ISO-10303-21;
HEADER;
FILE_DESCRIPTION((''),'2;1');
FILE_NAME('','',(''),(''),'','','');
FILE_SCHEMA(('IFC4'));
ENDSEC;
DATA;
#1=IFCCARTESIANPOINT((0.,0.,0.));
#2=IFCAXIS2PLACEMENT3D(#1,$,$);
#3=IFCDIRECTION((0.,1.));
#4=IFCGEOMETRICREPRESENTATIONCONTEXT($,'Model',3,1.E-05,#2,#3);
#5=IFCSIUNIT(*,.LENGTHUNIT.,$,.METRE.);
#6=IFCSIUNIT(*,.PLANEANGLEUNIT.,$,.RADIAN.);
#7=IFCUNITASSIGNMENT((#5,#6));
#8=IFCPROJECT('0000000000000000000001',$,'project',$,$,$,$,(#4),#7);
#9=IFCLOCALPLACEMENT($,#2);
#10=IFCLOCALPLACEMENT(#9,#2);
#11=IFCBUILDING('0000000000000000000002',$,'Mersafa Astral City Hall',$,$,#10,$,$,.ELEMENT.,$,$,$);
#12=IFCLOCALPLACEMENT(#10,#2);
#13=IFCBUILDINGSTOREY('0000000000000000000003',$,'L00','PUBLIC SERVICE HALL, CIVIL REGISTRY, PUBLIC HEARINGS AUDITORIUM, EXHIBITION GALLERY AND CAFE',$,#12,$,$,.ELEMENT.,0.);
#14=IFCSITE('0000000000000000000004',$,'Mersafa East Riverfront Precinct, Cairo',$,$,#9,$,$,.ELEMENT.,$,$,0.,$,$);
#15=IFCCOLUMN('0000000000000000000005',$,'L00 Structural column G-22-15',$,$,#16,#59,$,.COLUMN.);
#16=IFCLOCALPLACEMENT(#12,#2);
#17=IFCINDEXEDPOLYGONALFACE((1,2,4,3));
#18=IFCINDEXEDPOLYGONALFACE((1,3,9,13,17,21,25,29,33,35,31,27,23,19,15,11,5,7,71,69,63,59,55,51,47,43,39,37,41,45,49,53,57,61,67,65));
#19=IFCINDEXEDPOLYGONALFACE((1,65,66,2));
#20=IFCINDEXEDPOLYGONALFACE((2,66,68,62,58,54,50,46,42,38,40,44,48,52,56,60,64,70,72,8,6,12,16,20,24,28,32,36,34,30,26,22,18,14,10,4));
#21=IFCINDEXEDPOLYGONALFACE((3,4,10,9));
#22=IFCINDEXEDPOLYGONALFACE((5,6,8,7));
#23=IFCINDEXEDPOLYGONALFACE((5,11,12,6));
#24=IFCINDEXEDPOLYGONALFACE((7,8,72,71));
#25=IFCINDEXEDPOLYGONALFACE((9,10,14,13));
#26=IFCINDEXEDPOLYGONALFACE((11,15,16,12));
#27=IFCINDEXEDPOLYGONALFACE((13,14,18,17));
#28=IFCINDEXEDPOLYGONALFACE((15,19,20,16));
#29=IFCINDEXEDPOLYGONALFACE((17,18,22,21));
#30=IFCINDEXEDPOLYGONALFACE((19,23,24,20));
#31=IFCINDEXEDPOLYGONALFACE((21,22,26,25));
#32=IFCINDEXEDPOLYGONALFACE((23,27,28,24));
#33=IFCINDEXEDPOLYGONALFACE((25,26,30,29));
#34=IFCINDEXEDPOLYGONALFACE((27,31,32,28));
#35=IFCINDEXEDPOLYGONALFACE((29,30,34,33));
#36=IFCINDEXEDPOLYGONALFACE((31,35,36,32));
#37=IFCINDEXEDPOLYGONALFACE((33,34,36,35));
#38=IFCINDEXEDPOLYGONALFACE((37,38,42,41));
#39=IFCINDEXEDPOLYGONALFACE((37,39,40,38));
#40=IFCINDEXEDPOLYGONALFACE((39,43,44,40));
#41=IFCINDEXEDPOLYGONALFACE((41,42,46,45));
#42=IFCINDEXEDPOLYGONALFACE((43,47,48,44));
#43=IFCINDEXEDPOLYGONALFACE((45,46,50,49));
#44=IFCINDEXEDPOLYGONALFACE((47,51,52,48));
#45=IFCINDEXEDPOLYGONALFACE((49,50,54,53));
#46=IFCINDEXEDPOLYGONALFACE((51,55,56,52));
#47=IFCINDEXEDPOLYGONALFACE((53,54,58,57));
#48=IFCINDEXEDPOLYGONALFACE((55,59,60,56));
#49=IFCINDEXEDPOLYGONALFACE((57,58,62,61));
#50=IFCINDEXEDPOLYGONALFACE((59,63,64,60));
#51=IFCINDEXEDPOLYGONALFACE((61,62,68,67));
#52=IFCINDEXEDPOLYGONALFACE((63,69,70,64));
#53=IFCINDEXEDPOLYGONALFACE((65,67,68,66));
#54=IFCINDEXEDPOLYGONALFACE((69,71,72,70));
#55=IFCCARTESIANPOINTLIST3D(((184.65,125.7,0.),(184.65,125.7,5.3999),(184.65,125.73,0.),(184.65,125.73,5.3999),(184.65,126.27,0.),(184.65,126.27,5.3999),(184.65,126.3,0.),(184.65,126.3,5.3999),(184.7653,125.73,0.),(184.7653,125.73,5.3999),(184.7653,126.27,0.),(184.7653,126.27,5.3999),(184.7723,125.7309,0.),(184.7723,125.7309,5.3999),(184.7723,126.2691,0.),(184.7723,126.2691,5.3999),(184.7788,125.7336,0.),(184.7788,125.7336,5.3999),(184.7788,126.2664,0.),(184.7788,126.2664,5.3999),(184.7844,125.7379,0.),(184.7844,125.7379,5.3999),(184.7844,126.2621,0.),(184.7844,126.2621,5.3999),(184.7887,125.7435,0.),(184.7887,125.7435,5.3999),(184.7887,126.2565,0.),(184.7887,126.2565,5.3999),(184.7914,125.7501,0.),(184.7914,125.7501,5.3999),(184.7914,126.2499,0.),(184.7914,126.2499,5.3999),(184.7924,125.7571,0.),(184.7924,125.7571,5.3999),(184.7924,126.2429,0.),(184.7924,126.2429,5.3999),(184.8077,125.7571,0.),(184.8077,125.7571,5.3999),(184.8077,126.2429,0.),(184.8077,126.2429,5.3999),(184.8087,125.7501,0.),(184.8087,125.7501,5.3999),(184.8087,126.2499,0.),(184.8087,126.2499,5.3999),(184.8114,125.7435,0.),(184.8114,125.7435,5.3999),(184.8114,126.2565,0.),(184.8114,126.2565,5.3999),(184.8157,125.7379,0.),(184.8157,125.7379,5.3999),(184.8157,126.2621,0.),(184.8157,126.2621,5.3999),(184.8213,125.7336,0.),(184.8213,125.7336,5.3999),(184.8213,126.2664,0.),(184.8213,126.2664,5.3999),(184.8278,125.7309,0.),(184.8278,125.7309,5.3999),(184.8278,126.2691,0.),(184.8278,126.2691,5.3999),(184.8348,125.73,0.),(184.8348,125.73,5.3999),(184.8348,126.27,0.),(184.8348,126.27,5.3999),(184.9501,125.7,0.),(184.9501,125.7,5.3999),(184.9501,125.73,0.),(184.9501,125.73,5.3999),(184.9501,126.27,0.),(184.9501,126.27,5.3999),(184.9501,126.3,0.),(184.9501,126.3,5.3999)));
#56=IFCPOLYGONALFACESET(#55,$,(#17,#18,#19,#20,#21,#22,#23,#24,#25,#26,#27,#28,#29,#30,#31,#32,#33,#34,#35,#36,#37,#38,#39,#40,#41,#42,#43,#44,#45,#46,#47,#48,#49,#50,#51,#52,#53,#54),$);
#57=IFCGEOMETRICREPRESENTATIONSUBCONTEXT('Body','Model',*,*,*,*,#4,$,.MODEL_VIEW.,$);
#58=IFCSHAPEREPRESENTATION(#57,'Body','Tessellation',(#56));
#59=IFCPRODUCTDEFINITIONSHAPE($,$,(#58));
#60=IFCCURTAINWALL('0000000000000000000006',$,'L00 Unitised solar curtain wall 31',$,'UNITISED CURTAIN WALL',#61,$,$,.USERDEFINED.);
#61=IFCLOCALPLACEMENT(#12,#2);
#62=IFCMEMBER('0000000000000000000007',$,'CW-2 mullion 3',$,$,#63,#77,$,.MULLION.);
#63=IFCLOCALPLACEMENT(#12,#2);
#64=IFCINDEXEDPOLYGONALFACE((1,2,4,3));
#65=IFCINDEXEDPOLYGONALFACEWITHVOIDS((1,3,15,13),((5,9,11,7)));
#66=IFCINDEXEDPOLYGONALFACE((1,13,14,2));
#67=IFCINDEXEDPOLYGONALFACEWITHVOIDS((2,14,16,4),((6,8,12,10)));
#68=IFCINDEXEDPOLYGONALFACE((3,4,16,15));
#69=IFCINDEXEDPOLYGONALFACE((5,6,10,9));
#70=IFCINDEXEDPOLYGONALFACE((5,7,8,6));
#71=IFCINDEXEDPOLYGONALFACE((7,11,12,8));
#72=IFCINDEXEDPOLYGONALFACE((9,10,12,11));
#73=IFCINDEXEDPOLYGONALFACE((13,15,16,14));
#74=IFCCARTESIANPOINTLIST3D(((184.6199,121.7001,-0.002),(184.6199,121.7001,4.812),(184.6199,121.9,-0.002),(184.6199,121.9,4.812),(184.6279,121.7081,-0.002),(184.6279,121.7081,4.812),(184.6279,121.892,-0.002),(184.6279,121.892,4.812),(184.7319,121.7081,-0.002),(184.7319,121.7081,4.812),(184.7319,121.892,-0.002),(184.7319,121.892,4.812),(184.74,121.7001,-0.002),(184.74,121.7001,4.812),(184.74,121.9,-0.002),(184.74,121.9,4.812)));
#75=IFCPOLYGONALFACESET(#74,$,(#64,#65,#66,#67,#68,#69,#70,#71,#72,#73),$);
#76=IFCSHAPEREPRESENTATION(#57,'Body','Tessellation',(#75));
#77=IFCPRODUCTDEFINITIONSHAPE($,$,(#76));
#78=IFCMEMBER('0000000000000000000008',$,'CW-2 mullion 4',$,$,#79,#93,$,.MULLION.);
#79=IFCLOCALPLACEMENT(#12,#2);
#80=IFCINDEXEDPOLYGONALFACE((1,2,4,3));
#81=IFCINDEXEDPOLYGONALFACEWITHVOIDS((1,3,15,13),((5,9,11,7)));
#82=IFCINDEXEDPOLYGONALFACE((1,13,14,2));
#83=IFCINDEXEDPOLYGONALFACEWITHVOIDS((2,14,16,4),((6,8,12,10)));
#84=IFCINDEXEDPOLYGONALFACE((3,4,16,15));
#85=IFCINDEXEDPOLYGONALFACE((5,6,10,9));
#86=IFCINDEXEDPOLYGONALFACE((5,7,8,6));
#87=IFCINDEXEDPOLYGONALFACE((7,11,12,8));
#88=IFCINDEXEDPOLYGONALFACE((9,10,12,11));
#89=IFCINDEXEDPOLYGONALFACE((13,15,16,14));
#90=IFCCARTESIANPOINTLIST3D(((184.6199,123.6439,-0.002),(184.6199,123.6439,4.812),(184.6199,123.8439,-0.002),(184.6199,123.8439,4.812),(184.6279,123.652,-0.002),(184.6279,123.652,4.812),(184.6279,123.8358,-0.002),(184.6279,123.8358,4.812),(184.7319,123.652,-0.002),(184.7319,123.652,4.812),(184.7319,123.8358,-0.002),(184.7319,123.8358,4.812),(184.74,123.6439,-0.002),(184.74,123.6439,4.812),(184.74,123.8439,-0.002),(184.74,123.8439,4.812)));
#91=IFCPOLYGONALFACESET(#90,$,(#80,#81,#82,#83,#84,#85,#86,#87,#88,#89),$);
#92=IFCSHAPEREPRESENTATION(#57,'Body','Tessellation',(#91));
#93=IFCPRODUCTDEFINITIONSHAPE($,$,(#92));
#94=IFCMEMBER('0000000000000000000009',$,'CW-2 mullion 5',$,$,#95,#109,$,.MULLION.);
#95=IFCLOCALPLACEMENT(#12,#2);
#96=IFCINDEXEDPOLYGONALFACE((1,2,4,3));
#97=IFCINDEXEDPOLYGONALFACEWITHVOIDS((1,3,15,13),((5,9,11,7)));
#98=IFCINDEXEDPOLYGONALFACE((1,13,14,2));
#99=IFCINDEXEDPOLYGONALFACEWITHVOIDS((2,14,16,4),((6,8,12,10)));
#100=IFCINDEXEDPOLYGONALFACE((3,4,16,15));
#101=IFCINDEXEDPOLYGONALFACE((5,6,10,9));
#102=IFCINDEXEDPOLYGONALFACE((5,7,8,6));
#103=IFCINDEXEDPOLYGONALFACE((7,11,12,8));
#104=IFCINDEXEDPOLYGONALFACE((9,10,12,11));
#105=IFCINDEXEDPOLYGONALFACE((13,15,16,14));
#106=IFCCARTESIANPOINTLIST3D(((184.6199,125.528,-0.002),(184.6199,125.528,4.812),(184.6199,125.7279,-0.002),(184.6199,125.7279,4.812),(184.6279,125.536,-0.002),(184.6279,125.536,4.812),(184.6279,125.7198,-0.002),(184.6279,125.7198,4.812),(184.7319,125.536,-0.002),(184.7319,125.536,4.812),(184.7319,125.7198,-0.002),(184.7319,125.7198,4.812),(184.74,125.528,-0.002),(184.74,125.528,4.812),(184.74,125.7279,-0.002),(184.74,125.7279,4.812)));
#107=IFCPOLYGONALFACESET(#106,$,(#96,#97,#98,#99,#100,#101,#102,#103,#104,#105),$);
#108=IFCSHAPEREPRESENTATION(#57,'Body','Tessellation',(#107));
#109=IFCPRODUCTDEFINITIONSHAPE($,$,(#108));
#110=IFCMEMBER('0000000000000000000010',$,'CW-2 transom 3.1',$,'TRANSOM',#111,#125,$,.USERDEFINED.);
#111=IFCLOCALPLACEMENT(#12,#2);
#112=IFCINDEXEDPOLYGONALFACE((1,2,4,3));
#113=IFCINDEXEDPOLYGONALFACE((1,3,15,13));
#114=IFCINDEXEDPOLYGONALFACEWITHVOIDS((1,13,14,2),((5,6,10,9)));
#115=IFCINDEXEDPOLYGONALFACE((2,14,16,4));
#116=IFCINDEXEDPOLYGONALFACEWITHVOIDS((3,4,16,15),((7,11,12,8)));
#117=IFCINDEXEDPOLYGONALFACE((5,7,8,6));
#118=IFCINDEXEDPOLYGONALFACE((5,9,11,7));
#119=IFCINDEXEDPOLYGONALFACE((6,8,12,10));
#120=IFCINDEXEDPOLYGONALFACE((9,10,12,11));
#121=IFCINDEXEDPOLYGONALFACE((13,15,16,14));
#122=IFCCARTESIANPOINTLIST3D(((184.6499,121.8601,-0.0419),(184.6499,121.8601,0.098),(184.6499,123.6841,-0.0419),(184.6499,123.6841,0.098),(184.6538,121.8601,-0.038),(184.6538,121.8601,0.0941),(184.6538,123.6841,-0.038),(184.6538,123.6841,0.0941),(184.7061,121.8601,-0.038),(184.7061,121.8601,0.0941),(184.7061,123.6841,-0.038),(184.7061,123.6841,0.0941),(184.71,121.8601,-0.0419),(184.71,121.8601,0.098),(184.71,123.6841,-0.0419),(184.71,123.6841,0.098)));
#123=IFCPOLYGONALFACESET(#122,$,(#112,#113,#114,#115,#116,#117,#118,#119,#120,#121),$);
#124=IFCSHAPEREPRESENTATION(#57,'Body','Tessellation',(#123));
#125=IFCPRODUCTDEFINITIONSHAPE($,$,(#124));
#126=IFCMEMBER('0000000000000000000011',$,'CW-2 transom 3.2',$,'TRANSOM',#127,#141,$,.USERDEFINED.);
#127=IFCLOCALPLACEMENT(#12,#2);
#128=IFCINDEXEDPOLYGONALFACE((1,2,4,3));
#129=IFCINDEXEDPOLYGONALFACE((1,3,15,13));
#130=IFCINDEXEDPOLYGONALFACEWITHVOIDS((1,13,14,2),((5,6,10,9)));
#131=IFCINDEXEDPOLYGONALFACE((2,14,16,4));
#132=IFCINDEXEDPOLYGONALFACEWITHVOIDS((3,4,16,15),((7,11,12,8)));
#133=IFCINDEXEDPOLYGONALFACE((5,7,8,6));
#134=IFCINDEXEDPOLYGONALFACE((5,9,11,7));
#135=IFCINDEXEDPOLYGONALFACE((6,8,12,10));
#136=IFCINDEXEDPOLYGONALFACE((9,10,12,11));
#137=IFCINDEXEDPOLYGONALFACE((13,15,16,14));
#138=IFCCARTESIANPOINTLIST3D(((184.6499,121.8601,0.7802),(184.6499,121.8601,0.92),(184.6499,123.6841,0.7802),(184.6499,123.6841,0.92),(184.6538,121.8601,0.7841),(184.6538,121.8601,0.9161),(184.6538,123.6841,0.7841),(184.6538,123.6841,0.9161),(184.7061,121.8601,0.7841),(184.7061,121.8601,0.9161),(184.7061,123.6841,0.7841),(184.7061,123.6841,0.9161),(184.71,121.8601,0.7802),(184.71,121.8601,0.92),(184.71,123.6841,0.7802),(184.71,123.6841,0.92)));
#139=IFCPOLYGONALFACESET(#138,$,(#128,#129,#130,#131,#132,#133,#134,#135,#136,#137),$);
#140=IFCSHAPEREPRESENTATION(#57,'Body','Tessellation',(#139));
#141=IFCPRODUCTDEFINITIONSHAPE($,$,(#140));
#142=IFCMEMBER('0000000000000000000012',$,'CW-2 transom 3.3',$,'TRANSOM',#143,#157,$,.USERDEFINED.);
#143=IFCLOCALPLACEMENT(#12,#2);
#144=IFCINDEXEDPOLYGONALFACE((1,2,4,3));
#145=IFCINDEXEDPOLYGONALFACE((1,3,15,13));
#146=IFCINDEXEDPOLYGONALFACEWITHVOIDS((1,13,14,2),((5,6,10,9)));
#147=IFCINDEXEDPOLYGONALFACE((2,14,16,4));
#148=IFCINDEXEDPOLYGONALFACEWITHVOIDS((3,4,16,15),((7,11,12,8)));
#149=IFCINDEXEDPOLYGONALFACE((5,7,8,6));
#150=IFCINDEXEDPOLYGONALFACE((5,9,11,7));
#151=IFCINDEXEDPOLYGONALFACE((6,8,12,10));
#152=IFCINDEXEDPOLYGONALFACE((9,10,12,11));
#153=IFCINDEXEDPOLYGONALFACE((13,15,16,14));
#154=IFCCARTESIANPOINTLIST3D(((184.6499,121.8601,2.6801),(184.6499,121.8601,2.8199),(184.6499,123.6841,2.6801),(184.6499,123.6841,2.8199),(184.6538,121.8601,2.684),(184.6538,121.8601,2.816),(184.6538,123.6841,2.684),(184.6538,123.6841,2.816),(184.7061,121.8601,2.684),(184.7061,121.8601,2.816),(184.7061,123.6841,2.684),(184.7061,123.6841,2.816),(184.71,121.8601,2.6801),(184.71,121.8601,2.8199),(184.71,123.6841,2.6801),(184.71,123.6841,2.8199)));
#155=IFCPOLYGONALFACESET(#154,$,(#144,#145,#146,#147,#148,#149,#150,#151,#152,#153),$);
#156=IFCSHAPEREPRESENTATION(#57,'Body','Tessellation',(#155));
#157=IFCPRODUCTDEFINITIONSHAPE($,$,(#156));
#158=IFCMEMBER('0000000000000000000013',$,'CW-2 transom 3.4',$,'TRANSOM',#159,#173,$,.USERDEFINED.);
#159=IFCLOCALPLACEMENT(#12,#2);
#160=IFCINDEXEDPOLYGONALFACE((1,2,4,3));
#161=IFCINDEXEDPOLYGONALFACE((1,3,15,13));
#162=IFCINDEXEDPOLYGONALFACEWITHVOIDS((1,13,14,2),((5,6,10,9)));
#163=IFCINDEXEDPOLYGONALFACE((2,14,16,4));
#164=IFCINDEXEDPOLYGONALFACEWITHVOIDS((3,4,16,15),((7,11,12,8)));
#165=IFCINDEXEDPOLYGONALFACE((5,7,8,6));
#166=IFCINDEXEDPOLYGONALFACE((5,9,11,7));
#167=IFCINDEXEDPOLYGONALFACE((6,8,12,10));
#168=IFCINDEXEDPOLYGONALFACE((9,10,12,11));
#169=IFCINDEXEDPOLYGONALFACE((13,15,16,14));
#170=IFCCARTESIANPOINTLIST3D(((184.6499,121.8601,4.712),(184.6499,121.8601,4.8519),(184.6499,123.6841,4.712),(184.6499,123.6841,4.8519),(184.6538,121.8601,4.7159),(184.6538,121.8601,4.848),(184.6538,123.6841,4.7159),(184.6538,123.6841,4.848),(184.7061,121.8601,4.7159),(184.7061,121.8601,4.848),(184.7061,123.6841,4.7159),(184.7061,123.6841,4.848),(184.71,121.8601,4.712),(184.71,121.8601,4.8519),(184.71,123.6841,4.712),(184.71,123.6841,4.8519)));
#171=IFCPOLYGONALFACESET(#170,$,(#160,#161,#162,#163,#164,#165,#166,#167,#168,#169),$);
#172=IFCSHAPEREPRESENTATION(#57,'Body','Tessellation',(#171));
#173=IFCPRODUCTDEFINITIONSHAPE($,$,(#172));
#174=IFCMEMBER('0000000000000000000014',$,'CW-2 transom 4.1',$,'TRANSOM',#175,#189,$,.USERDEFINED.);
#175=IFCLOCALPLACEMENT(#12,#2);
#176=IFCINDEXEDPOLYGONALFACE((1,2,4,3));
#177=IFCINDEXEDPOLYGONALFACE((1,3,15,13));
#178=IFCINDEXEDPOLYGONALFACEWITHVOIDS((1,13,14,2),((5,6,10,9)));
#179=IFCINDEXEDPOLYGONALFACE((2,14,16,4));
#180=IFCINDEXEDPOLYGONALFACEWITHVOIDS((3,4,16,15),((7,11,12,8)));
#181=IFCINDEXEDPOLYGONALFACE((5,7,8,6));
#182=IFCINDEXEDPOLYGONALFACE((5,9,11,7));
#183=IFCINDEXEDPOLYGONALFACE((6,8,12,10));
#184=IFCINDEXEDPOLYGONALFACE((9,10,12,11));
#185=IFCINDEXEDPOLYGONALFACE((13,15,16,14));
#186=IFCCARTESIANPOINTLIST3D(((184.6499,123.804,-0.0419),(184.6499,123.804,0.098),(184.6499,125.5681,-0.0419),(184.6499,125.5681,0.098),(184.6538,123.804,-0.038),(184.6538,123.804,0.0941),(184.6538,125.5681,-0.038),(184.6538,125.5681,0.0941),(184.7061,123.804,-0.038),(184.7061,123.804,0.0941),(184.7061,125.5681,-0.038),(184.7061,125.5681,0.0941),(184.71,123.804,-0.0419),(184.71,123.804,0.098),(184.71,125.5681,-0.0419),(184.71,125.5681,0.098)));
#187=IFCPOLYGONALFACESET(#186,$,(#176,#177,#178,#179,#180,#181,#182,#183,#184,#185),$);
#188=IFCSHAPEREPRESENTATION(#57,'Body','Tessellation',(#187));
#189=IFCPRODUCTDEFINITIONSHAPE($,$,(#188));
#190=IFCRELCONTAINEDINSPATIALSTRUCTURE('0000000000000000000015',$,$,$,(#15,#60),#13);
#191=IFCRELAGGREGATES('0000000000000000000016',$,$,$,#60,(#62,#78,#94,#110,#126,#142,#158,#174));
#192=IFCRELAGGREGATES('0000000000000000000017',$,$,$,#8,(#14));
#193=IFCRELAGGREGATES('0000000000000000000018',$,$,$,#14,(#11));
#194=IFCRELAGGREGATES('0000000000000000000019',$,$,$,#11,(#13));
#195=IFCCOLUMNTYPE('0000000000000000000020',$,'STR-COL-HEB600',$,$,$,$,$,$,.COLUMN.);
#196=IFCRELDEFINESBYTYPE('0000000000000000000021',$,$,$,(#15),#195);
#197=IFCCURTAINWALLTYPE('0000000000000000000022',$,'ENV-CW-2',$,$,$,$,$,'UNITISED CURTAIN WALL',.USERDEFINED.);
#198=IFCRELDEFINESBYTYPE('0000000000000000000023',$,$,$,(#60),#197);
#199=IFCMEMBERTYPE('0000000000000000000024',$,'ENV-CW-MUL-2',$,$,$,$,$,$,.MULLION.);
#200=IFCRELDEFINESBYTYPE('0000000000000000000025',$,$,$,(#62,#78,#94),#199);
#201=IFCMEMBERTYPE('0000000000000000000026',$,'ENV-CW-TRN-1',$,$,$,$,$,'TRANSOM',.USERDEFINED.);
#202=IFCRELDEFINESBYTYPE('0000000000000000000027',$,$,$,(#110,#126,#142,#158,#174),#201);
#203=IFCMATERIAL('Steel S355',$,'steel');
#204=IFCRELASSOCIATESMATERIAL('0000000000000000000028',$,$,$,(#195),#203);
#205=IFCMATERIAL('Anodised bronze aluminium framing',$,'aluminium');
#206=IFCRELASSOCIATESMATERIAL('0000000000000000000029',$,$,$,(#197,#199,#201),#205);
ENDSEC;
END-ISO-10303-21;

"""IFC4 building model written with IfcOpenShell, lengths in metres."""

from ifc_helpers import new_model, si_unit, direction, frame, origin, origin_2d, place, context, subcontext, project, spatial, hollow_rectangle, i_section, extrude, material, material_profile, profile_set, type_object, element, aggregate, save


model = new_model("IFC4")

# Units and contexts
model_context = context("Model", 3, precision=1e-05, world=origin(), true_north=direction((0.0, 1.0)))
body_context = subcontext(model_context, "Body", "Model", "MODEL_VIEW")
ifc_project = project(units=[si_unit("LENGTHUNIT", "METRE"), si_unit("PLANEANGLEUNIT", "RADIAN")], contexts=[model_context])

# Site, building, storey
site_placement = place(None, origin())
site = spatial("IfcSite", under=ifc_project, at=site_placement, Name="Mersafa East Riverfront Precinct, Cairo", CompositionType="ELEMENT", RefElevation=0.0)
building_placement = place(site_placement, origin())
building = spatial("IfcBuilding", under=site, at=building_placement, Name="Mersafa Astral City Hall", CompositionType="ELEMENT")
storey_placement = place(building_placement, origin())
storey = spatial("IfcBuildingStorey", under=building, at=storey_placement, Name="L00", Description="PUBLIC SERVICE HALL, CIVIL REGISTRY, PUBLIC HEARINGS AUDITORIUM, EXHIBITION GALLERY AND CAFE", CompositionType="ELEMENT", Elevation=0.0)

# Column
ifc_material_1 = material(Name="Steel S355", Category="steel")
ifc_material_profile_1 = material_profile(ifc_material_1, i_section(OverallWidth=0.3, OverallDepth=0.6001, WebThickness=0.0154, FlangeThickness=0.03, FilletRadius=0.0271, at=origin_2d()), Name="HEB 600")
ifc_profile_set_1 = profile_set([ifc_material_profile_1], Name="Steel S355")
column_type = type_object("IfcColumnType", Name="STR-COL-HEB600", PredefinedType="COLUMN", material=ifc_profile_set_1)
column_placement = place(storey_placement, frame((184.8, 126.0, 0.0), z_axis=(0.0, 0.0, 1.0), x_axis=(1.0, 0.0, 0.0)))
element("IfcColumn", 1, at=column_placement, inside=storey, type_object=column_type, Name="L00 Structural column G-22-15", PredefinedType="COLUMN", context=body_context, shape_type="SweptSolid", body=[
    extrude(i_section(OverallWidth=0.3, OverallDepth=0.6001, WebThickness=0.0154, FlangeThickness=0.03, FilletRadius=0.0271, at=origin_2d()), origin(), (0.0, 0.0, 1.0), 5.3999),
])

# Curtain wall, members
ifc_material_2 = material(Name="Anodised bronze aluminium framing", Category="aluminium")
curtain_wall_type = type_object("IfcCurtainWallType", Name="ENV-CW-2", ElementType="UNITISED CURTAIN WALL", PredefinedType="USERDEFINED", material=ifc_material_2)
curtain_wall_placement = place(storey_placement, origin())
curtain_wall = element("IfcCurtainWall", 2, at=curtain_wall_placement, inside=storey, type_object=curtain_wall_type, Name="L00 Unitised solar curtain wall 31", ObjectType="UNITISED CURTAIN WALL", PredefinedType="USERDEFINED")
ifc_material_profile_2 = material_profile(ifc_material_2, hollow_rectangle(XDim=0.1201, YDim=0.2, WallThickness=0.0081, at=origin_2d()), Name="RHS 120x200x8")
ifc_profile_set_2 = profile_set([ifc_material_profile_2], Name="Anodised bronze aluminium framing")
member_type_1 = type_object("IfcMemberType", Name="ENV-CW-MUL-2", PredefinedType="MULLION", material=ifc_profile_set_2)
member_1_placement = place(storey_placement, frame((184.6799, 121.8, -0.002), z_axis=(0.0, 0.0, 1.0), x_axis=(-1.0, 0.0, 0.0)))
member_1 = element("IfcMember", 3, at=member_1_placement, type_object=member_type_1, Name="CW-2 mullion 3", PredefinedType="MULLION", context=body_context, shape_type="SweptSolid", body=[
    extrude(hollow_rectangle(XDim=0.1201, YDim=0.2, WallThickness=0.0081, at=origin_2d()), origin(), (0.0, 0.0, 1.0), 4.814),
])
member_2_placement = place(storey_placement, frame((184.6799, 123.7439, -0.002), z_axis=(0.0, 0.0, 1.0), x_axis=(-1.0, 0.0, 0.0)))
member_2 = element("IfcMember", 4, at=member_2_placement, type_object=member_type_1, Name="CW-2 mullion 4", PredefinedType="MULLION", context=body_context, shape_type="SweptSolid", body=[
    extrude(hollow_rectangle(XDim=0.1201, YDim=0.2, WallThickness=0.0081, at=origin_2d()), origin(), (0.0, 0.0, 1.0), 4.814),
])
member_3_placement = place(storey_placement, frame((184.6799, 125.6279, -0.002), z_axis=(0.0, 0.0, 1.0), x_axis=(-1.0, 0.0, 0.0)))
member_3 = element("IfcMember", 5, at=member_3_placement, type_object=member_type_1, Name="CW-2 mullion 5", PredefinedType="MULLION", context=body_context, shape_type="SweptSolid", body=[
    extrude(hollow_rectangle(XDim=0.1201, YDim=0.2, WallThickness=0.0081, at=origin_2d()), origin(), (0.0, 0.0, 1.0), 4.814),
])
ifc_material_profile_3 = material_profile(ifc_material_2, hollow_rectangle(XDim=0.0601, YDim=0.1399, WallThickness=0.0039, at=origin_2d()), Name="RHS 60x140x4")
ifc_profile_set_3 = profile_set([ifc_material_profile_3], Name="Anodised bronze aluminium framing")
member_type_2 = type_object("IfcMemberType", Name="ENV-CW-TRN-1", ElementType="TRANSOM", PredefinedType="USERDEFINED", material=ifc_profile_set_3)
member_4_placement = place(storey_placement, frame((184.6799, 121.8601, 0.0281), z_axis=(0.0, 1.0, 0.0), x_axis=(-1.0, 0.0, 0.0)))
member_4 = element("IfcMember", 6, at=member_4_placement, type_object=member_type_2, Name="CW-2 transom 3.1", ObjectType="TRANSOM", PredefinedType="USERDEFINED", context=body_context, shape_type="SweptSolid", body=[
    extrude(hollow_rectangle(XDim=0.0601, YDim=0.1399, WallThickness=0.0039, at=origin_2d()), origin(), (0.0, 0.0, 1.0), 1.824),
])
member_5_placement = place(storey_placement, frame((184.6799, 121.8601, 0.8501), z_axis=(0.0, 1.0, 0.0), x_axis=(-1.0, 0.0, 0.0)))
member_5 = element("IfcMember", 7, at=member_5_placement, type_object=member_type_2, Name="CW-2 transom 3.2", ObjectType="TRANSOM", PredefinedType="USERDEFINED", context=body_context, shape_type="SweptSolid", body=[
    extrude(hollow_rectangle(XDim=0.0601, YDim=0.1399, WallThickness=0.0039, at=origin_2d()), origin(), (0.0, 0.0, 1.0), 1.824),
])
member_6_placement = place(storey_placement, frame((184.6799, 121.8601, 2.75), z_axis=(0.0, 1.0, 0.0), x_axis=(-1.0, 0.0, 0.0)))
member_6 = element("IfcMember", 8, at=member_6_placement, type_object=member_type_2, Name="CW-2 transom 3.3", ObjectType="TRANSOM", PredefinedType="USERDEFINED", context=body_context, shape_type="SweptSolid", body=[
    extrude(hollow_rectangle(XDim=0.0601, YDim=0.1399, WallThickness=0.0039, at=origin_2d()), origin(), (0.0, 0.0, 1.0), 1.824),
])
member_7_placement = place(storey_placement, frame((184.6799, 121.8601, 4.782), z_axis=(0.0, 1.0, 0.0), x_axis=(-1.0, 0.0, 0.0)))
member_7 = element("IfcMember", 9, at=member_7_placement, type_object=member_type_2, Name="CW-2 transom 3.4", ObjectType="TRANSOM", PredefinedType="USERDEFINED", context=body_context, shape_type="SweptSolid", body=[
    extrude(hollow_rectangle(XDim=0.0601, YDim=0.1399, WallThickness=0.0039, at=origin_2d()), origin(), (0.0, 0.0, 1.0), 1.824),
])
member_8_placement = place(storey_placement, frame((184.6799, 123.804, 0.0281), z_axis=(0.0, 1.0, 0.0), x_axis=(-1.0, 0.0, 0.0)))
member_8 = element("IfcMember", 10, at=member_8_placement, type_object=member_type_2, Name="CW-2 transom 4.1", ObjectType="TRANSOM", PredefinedType="USERDEFINED", context=body_context, shape_type="SweptSolid", body=[
    extrude(hollow_rectangle(XDim=0.0601, YDim=0.1399, WallThickness=0.0039, at=origin_2d()), origin(), (0.0, 0.0, 1.0), 1.7642),
])
aggregate(curtain_wall, [member_1, member_2, member_3, member_4, member_5, member_6, member_7, member_8])

save(model, "model.ifc")
